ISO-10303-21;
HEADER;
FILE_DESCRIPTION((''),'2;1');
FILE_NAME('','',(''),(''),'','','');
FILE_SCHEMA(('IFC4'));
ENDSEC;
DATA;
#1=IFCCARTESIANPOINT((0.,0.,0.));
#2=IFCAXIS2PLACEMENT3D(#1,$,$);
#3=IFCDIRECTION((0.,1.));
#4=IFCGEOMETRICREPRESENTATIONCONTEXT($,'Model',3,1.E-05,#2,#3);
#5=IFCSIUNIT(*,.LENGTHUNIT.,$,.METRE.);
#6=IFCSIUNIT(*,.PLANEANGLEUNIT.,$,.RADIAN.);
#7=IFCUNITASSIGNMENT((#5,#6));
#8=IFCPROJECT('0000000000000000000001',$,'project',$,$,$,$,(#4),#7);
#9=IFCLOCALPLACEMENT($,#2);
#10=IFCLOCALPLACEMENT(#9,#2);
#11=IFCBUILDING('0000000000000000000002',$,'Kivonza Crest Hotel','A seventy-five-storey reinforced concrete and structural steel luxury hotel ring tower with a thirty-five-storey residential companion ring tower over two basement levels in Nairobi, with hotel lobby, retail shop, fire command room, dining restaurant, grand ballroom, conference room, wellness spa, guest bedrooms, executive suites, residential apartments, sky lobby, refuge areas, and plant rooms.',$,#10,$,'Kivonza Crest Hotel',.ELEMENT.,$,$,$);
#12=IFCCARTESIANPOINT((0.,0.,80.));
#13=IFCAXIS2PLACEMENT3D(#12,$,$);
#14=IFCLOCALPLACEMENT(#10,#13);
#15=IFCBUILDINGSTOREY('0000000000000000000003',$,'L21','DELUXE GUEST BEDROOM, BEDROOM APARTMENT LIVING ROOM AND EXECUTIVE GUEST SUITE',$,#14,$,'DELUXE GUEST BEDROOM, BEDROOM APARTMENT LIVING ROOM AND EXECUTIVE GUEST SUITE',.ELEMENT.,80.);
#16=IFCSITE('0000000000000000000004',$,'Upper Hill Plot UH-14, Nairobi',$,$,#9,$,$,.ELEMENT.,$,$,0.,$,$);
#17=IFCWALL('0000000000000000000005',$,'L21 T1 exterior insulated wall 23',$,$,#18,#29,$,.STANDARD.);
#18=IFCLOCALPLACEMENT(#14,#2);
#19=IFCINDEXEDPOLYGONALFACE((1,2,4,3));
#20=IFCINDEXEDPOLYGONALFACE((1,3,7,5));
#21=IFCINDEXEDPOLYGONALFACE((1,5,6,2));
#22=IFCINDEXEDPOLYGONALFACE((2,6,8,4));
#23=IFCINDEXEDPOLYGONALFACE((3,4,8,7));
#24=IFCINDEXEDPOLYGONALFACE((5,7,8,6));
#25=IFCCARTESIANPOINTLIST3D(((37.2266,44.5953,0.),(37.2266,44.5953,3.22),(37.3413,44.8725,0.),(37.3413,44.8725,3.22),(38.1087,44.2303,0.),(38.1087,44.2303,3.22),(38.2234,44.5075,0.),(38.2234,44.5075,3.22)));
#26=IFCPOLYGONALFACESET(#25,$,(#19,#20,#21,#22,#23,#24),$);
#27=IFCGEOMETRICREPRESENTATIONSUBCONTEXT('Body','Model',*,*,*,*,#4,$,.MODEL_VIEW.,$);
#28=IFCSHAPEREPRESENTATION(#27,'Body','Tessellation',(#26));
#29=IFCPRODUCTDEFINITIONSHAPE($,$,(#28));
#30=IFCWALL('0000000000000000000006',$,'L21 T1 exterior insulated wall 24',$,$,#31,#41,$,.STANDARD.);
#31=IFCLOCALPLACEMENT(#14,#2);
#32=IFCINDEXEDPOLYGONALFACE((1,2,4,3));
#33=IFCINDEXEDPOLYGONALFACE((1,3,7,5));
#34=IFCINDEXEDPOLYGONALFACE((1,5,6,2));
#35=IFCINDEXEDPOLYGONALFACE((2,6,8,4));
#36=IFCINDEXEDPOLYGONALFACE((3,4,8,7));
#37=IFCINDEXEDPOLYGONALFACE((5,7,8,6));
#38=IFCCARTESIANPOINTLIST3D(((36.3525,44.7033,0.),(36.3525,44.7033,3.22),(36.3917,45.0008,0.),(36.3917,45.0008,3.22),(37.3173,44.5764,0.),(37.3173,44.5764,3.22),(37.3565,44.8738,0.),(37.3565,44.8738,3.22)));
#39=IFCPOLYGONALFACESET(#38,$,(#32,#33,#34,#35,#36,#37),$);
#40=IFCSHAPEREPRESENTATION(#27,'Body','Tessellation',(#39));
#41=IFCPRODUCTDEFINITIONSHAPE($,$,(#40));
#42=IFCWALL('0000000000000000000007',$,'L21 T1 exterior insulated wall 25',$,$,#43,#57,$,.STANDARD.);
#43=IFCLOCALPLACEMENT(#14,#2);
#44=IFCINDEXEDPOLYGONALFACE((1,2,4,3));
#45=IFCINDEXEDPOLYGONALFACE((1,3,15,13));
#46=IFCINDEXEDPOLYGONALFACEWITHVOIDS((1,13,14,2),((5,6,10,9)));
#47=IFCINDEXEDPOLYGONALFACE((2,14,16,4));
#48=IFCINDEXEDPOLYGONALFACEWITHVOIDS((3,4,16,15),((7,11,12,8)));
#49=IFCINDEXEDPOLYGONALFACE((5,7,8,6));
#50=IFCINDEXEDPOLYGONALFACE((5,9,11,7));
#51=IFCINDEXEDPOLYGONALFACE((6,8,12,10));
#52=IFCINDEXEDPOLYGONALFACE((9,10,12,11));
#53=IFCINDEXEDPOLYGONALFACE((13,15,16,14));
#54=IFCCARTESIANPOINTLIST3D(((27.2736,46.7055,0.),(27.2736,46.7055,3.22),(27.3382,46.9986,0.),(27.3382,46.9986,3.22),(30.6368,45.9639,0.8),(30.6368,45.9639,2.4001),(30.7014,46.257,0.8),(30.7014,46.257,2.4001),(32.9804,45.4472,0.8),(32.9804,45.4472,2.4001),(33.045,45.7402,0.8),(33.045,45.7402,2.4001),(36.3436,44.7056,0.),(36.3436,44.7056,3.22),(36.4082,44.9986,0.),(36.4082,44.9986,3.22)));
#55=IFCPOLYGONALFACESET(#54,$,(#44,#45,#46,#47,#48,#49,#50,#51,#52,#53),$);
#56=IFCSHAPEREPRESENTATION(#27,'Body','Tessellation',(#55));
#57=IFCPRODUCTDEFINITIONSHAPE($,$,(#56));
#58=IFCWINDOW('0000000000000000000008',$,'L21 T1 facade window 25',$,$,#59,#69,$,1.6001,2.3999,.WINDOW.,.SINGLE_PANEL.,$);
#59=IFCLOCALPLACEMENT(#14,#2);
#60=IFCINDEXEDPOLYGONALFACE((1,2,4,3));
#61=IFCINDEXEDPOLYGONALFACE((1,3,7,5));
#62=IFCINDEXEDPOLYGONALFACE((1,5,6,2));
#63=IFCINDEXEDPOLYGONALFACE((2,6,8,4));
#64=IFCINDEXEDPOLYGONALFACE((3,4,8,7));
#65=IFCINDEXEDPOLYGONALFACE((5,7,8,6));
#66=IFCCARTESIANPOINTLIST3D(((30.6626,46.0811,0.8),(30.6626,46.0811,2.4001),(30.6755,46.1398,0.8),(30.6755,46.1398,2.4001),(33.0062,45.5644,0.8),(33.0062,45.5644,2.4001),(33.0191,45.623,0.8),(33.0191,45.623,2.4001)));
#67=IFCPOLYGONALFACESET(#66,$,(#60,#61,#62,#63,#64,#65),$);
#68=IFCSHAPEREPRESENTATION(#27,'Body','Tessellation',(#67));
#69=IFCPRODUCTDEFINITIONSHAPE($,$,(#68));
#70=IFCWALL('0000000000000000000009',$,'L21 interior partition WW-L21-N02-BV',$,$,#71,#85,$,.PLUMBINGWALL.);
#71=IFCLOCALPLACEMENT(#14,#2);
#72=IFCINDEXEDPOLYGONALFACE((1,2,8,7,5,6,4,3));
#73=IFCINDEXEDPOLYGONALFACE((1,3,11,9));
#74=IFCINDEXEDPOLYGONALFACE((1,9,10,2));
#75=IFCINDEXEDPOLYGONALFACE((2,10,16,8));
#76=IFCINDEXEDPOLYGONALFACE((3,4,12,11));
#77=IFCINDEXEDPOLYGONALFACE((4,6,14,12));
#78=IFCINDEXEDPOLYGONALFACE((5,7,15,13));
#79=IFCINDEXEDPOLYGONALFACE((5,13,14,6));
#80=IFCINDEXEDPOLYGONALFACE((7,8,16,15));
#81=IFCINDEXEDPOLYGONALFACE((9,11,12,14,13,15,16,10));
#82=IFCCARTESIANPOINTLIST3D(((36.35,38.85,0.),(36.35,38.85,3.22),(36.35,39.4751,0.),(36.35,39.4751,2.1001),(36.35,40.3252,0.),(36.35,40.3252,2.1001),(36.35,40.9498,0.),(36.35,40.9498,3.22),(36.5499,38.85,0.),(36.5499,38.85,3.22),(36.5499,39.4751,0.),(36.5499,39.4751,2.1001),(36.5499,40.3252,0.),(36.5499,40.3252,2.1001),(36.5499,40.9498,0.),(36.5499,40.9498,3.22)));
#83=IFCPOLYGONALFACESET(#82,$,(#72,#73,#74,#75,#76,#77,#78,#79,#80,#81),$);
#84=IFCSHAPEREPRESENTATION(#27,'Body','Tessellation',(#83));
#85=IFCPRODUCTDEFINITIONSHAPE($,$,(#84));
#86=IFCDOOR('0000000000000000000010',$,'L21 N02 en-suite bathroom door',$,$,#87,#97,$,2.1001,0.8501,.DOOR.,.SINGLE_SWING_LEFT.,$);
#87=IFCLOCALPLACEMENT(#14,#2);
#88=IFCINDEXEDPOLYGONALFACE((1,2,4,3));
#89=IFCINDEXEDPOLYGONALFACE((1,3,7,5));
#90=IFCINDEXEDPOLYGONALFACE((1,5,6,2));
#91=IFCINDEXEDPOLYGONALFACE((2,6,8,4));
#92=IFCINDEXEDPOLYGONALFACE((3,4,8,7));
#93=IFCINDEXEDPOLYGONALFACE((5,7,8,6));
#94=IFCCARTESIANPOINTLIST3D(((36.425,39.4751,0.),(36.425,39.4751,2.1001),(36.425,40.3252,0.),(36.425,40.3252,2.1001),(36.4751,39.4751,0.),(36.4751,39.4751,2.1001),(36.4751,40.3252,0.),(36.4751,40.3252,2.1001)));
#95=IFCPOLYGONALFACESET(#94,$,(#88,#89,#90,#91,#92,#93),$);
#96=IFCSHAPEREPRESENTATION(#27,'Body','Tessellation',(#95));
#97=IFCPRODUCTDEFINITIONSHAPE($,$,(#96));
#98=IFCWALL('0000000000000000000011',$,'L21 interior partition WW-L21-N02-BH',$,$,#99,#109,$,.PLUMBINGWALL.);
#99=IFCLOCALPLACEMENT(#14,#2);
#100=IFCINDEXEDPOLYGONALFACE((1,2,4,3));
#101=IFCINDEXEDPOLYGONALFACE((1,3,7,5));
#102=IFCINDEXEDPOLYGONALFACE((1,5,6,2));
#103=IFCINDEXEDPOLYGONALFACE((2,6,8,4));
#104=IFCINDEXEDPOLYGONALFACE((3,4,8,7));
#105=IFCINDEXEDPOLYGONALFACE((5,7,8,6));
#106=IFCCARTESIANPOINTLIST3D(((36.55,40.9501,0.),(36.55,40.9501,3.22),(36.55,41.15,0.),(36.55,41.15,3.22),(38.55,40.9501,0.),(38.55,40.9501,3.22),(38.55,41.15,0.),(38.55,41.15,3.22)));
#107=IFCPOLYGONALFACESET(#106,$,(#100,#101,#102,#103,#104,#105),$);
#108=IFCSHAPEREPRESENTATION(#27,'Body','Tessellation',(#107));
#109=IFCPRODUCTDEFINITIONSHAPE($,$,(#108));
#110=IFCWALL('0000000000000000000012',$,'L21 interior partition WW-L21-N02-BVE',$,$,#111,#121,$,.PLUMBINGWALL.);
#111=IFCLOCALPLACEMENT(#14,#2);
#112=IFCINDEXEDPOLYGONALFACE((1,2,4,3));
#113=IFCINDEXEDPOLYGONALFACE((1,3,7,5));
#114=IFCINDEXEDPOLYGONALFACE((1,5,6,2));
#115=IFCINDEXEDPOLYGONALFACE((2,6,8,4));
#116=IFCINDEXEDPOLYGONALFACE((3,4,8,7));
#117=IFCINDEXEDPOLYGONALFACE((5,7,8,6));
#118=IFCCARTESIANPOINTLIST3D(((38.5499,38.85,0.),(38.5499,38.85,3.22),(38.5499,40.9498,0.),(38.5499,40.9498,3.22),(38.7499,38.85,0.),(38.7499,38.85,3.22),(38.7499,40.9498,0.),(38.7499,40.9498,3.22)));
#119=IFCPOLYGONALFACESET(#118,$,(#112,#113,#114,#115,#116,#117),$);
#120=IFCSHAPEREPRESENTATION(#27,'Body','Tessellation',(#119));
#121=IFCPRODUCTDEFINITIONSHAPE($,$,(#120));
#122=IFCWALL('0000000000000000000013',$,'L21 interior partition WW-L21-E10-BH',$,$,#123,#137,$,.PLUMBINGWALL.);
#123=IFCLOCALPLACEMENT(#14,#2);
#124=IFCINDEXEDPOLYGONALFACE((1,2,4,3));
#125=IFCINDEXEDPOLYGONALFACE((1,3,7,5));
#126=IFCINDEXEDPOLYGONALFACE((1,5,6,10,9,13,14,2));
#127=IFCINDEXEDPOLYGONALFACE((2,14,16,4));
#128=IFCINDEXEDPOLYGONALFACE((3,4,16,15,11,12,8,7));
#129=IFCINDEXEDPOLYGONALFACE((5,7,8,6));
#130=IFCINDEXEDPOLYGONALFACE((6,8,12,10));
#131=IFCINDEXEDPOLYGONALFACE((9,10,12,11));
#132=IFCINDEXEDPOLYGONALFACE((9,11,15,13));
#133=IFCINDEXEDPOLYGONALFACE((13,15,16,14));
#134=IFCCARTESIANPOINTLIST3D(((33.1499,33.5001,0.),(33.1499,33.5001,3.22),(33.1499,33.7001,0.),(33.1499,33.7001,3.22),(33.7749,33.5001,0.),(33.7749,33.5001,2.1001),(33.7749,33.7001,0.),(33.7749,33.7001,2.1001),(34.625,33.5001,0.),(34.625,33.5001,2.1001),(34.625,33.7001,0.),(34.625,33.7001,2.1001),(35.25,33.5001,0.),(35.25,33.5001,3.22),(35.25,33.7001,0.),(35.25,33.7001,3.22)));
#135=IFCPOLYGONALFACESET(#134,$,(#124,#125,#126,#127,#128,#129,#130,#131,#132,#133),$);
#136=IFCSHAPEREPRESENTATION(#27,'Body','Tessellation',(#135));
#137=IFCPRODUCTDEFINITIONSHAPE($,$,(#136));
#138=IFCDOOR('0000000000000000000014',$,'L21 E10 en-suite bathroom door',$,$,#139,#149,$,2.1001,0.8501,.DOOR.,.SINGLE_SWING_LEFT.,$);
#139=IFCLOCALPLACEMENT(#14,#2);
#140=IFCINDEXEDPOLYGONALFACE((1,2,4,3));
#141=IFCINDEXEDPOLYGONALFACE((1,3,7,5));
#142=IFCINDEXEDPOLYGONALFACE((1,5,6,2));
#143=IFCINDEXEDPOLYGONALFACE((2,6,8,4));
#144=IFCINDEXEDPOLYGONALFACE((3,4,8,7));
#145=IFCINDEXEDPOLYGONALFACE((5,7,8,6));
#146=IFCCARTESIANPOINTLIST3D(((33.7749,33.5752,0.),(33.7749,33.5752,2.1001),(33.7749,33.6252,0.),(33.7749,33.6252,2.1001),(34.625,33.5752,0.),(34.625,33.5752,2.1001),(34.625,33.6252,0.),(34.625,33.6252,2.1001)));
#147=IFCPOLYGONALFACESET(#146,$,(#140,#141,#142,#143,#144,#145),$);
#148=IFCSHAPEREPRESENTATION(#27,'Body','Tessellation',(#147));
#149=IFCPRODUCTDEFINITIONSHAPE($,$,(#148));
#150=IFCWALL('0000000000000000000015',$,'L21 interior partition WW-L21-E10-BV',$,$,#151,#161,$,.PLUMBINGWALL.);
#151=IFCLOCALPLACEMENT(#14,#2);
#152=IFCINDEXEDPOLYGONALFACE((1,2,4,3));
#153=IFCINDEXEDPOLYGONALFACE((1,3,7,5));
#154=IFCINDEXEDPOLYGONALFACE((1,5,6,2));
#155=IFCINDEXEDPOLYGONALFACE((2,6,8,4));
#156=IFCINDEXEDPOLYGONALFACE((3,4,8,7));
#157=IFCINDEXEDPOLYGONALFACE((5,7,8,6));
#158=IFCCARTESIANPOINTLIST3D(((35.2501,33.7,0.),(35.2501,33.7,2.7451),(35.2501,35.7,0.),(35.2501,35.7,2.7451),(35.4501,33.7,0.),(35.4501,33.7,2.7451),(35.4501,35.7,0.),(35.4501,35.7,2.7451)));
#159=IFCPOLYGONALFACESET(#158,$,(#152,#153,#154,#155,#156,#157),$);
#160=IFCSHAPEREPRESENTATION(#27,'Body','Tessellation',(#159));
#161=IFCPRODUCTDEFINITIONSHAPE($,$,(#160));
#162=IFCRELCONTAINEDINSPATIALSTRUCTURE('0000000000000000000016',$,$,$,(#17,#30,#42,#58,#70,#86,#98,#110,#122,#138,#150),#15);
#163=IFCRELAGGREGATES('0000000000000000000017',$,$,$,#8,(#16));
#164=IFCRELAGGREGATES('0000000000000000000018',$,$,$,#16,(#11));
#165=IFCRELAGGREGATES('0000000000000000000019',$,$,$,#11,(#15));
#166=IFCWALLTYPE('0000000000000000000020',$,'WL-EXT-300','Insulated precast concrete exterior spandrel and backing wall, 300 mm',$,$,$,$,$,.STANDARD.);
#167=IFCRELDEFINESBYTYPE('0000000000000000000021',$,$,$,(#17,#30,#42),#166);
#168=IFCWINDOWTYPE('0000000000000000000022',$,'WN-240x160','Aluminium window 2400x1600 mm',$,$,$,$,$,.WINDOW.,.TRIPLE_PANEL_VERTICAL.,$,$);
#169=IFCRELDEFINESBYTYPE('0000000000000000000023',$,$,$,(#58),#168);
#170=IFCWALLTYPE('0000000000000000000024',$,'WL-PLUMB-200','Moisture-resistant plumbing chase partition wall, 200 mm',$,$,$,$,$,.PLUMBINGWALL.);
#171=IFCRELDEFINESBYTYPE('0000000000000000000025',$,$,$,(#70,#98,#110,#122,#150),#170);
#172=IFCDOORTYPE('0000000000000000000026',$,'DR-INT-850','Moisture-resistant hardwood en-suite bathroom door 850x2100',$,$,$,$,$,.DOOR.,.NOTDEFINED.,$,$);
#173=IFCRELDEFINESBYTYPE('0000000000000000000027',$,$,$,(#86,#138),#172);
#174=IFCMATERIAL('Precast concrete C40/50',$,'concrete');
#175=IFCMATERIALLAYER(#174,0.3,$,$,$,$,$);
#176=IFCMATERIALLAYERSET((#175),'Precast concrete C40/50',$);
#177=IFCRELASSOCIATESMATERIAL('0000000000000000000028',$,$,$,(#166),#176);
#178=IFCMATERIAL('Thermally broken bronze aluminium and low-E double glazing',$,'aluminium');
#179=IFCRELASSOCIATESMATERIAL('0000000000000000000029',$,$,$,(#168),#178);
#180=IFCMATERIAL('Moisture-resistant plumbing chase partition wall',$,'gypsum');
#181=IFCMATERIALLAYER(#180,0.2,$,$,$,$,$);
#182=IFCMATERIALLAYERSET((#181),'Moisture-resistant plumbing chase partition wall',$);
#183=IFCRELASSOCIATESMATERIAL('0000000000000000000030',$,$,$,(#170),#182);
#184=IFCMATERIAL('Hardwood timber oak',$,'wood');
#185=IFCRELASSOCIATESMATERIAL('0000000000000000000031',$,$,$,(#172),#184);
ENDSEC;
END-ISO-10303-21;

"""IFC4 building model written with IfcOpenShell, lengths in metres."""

from ifc_helpers import new_model, si_unit, direction, frame, frame_2d, origin, place, context, subcontext, project, spatial, rectangle, extrude, material, layer, layer_set, type_object, element, fill, save


model = new_model("IFC4")

# Units and contexts
model_context = context("Model", 3, precision=1e-05, world=origin(), true_north=direction((0.0, 1.0)))
body_context = subcontext(model_context, "Body", "Model", "MODEL_VIEW")
ifc_project = project(units=[si_unit("LENGTHUNIT", "METRE"), si_unit("PLANEANGLEUNIT", "RADIAN")], contexts=[model_context])

# Site, building, storey
site_placement = place(None, origin())
site = spatial("IfcSite", under=ifc_project, at=site_placement, Name="Upper Hill Plot UH-14, Nairobi", CompositionType="ELEMENT", RefElevation=0.0)
building_placement = place(site_placement, origin())
building = spatial("IfcBuilding", under=site, at=building_placement, Name="Kivonza Crest Hotel", Description="A seventy-five-storey reinforced concrete and structural steel luxury hotel ring tower with a thirty-five-storey residential companion ring tower over two basement levels in Nairobi, with hotel lobby, retail shop, fire command room, dining restaurant, grand ballroom, conference room, wellness spa, guest bedrooms, executive suites, residential apartments, sky lobby, refuge areas, and plant rooms.", LongName="Kivonza Crest Hotel", CompositionType="ELEMENT")
storey_placement = place(building_placement, frame((0.0, 0.0, 80.0)))
storey = spatial("IfcBuildingStorey", under=building, at=storey_placement, Name="L21", Description="DELUXE GUEST BEDROOM, BEDROOM APARTMENT LIVING ROOM AND EXECUTIVE GUEST SUITE", LongName="DELUXE GUEST BEDROOM, BEDROOM APARTMENT LIVING ROOM AND EXECUTIVE GUEST SUITE", CompositionType="ELEMENT", Elevation=80.0)

# Walls
ifc_material_1 = material(Name="Precast concrete C40/50", Category="concrete")
ifc_layer_1 = layer(ifc_material_1, 0.3)
ifc_layer_set_1 = layer_set([ifc_layer_1], Name="Precast concrete C40/50")
wall_type_1 = type_object("IfcWallType", Name="WL-EXT-300", Description="Insulated precast concrete exterior spandrel and backing wall, 300 mm", PredefinedType="STANDARD", material=ifc_layer_set_1)
wall_1_placement = place(storey_placement, frame((38.166, 44.3689, 0.0), z_axis=(0.0, 0.0, 1.0), x_axis=(-0.92402, 0.382344, 0.0)))
element("IfcWall", 1, at=wall_1_placement, inside=storey, type_object=wall_type_1, Name="L21 T1 exterior insulated wall 23", PredefinedType="STANDARD", context=body_context, shape_type="SweptSolid", body=[
    extrude(rectangle(XDim=0.9546, YDim=0.3, at=frame_2d((0.4773, 0.0))), origin(), (0.0, 0.0, 1.0), 3.22),
])
wall_2_placement = place(storey_placement, frame((37.3369, 44.7251, 0.0), z_axis=(0.0, 0.0, 1.0), x_axis=(-0.991454, 0.130455, 0.0)))
element("IfcWall", 2, at=wall_2_placement, inside=storey, type_object=wall_type_1, Name="L21 T1 exterior insulated wall 24", PredefinedType="STANDARD", context=body_context, shape_type="SweptSolid", body=[
    extrude(rectangle(XDim=0.9731, YDim=0.3, at=frame_2d((0.4866, 0.0))), origin(), (0.0, 0.0, 1.0), 3.22),
])

# Wall, opening, window
wall_3_placement = place(storey_placement, frame((36.376, 44.8521, 0.0), z_axis=(0.0, 0.0, 1.0), x_axis=(-0.976541, 0.215333, 0.0)))
wall_3 = element("IfcWall", 3, at=wall_3_placement, inside=storey, type_object=wall_type_1, Name="L21 T1 exterior insulated wall 25", PredefinedType="STANDARD", context=body_context, shape_type="SweptSolid", body=[
    extrude(rectangle(XDim=9.2878, YDim=0.3, at=frame_2d((4.644, 0.0))), origin(), (0.0, 0.0, 1.0), 3.22),
])
opening_1_placement = place(wall_3_placement, frame((3.4441, 0.0, 0.8)))
opening_1 = element("IfcOpeningElement", 4, at=opening_1_placement, cuts=wall_3, PredefinedType="OPENING", context=body_context, shape_type="SweptSolid", body=[
    extrude(rectangle(XDim=2.3999, YDim=1.6001, at=frame_2d((1.2, 0.8))), frame((0.0, 0.1602, 0.0), z_axis=(0.0, -1.0, 0.0), x_axis=(1.0, 0.0, 0.0)), (0.0, 0.0, 1.0), 0.3201),
])
ifc_material_2 = material(Name="Thermally broken bronze aluminium and low-E double glazing", Category="aluminium")
window_type = type_object("IfcWindowType", Name="WN-240x160", Description="Aluminium window 2400x1600 mm", PartitioningType="TRIPLE_PANEL_VERTICAL", PredefinedType="WINDOW", material=ifc_material_2)
window_placement = place(opening_1_placement, origin())
window = element("IfcWindow", 5, at=window_placement, inside=storey, type_object=window_type, Name="L21 T1 facade window 25", OverallHeight=1.6001, OverallWidth=2.3999, PartitioningType="SINGLE_PANEL", PredefinedType="WINDOW", context=body_context, shape_type="SweptSolid", body=[
    extrude(rectangle(XDim=2.3999, YDim=1.6001, at=frame_2d((1.2, 0.8))), frame((0.0, 0.03, 0.0), z_axis=(0.0, -1.0, 0.0), x_axis=(1.0, 0.0, 0.0)), (0.0, 0.0, 1.0), 0.0601),
])
fill(opening_1, window)

# Wall, opening, door
ifc_material_3 = material(Name="Moisture-resistant plumbing chase partition wall", Category="gypsum")
ifc_layer_2 = layer(ifc_material_3, 0.2)
ifc_layer_set_2 = layer_set([ifc_layer_2], Name="Moisture-resistant plumbing chase partition wall")
wall_type_2 = type_object("IfcWallType", Name="WL-PLUMB-200", Description="Moisture-resistant plumbing chase partition wall, 200 mm", PredefinedType="PLUMBINGWALL", material=ifc_layer_set_2)
wall_4_placement = place(storey_placement, frame((36.45, 38.8501, 0.0), z_axis=(0.0, 0.0, 1.0), x_axis=(0.0, 1.0, 0.0)))
wall_4 = element("IfcWall", 6, at=wall_4_placement, inside=storey, type_object=wall_type_2, Name="L21 interior partition WW-L21-N02-BV", PredefinedType="PLUMBINGWALL", context=body_context, shape_type="SweptSolid", body=[
    extrude(rectangle(XDim=2.0999, YDim=0.2, at=frame_2d((1.0498, 0.0))), origin(), (0.0, 0.0, 1.0), 3.22),
])
opening_2_placement = place(wall_4_placement, frame((0.625, 0.0, 0.0)))
opening_2 = element("IfcOpeningElement", 7, at=opening_2_placement, cuts=wall_4, PredefinedType="OPENING", context=body_context, shape_type="SweptSolid", body=[
    extrude(rectangle(XDim=0.8501, YDim=2.1001, at=frame_2d((0.425, 1.05))), frame((0.0, 0.1099, 0.0), z_axis=(0.0, -1.0, 0.0), x_axis=(1.0, 0.0, 0.0)), (0.0, 0.0, 1.0), 0.22),
])
ifc_material_4 = material(Name="Hardwood timber oak", Category="wood")
door_type = type_object("IfcDoorType", Name="DR-INT-850", Description="Moisture-resistant hardwood en-suite bathroom door 850x2100", OperationType="NOTDEFINED", PredefinedType="DOOR", material=ifc_material_4)
door_1_placement = place(opening_2_placement, origin())
door_1 = element("IfcDoor", 8, at=door_1_placement, inside=storey, type_object=door_type, Name="L21 N02 en-suite bathroom door", OperationType="SINGLE_SWING_LEFT", OverallHeight=2.1001, OverallWidth=0.8501, PredefinedType="DOOR", context=body_context, shape_type="SweptSolid", body=[
    extrude(rectangle(XDim=0.8501, YDim=2.1001, at=frame_2d((0.425, 1.05))), frame((0.0, 0.0249, 0.0), z_axis=(0.0, -1.0, 0.0), x_axis=(1.0, 0.0, 0.0)), (0.0, 0.0, 1.0), 0.05),
])
fill(opening_2, door_1)

# Walls
wall_5_placement = place(storey_placement, frame((36.55, 41.05, 0.0), z_axis=(0.0, 0.0, 1.0), x_axis=(1.0, 0.0, 0.0)))
element("IfcWall", 9, at=wall_5_placement, inside=storey, type_object=wall_type_2, Name="L21 interior partition WW-L21-N02-BH", PredefinedType="PLUMBINGWALL", context=body_context, shape_type="SweptSolid", body=[
    extrude(rectangle(XDim=2.0, YDim=0.2, at=frame_2d((1.0, 0.0))), origin(), (0.0, 0.0, 1.0), 3.22),
])
wall_6_placement = place(storey_placement, frame((38.6499, 38.8501, 0.0), z_axis=(0.0, 0.0, 1.0), x_axis=(0.0, 1.0, 0.0)))
element("IfcWall", 10, at=wall_6_placement, inside=storey, type_object=wall_type_2, Name="L21 interior partition WW-L21-N02-BVE", PredefinedType="PLUMBINGWALL", context=body_context, shape_type="SweptSolid", body=[
    extrude(rectangle(XDim=2.0999, YDim=0.2, at=frame_2d((1.0498, 0.0))), origin(), (0.0, 0.0, 1.0), 3.22),
])

# Wall, opening, door
wall_7_placement = place(storey_placement, frame((33.1499, 33.6001, 0.0), z_axis=(0.0, 0.0, 1.0), x_axis=(1.0, 0.0, 0.0)))
wall_7 = element("IfcWall", 11, at=wall_7_placement, inside=storey, type_object=wall_type_2, Name="L21 interior partition WW-L21-E10-BH", PredefinedType="PLUMBINGWALL", context=body_context, shape_type="SweptSolid", body=[
    extrude(rectangle(XDim=2.1001, YDim=0.2, at=frame_2d((1.05, 0.0))), origin(), (0.0, 0.0, 1.0), 3.22),
])
opening_3_placement = place(wall_7_placement, frame((0.625, 0.0, 0.0)))
opening_3 = element("IfcOpeningElement", 12, at=opening_3_placement, cuts=wall_7, PredefinedType="OPENING", context=body_context, shape_type="SweptSolid", body=[
    extrude(rectangle(XDim=0.8501, YDim=2.1001, at=frame_2d((0.425, 1.05))), frame((0.0, 0.1099, 0.0), z_axis=(0.0, -1.0, 0.0), x_axis=(1.0, 0.0, 0.0)), (0.0, 0.0, 1.0), 0.22),
])
door_2_placement = place(opening_3_placement, frame((0.8501, 0.0, 0.0), z_axis=(0.0, 0.0, 1.0), x_axis=(-1.0, 0.0, 0.0)))
door_2 = element("IfcDoor", 13, at=door_2_placement, inside=storey, type_object=door_type, Name="L21 E10 en-suite bathroom door", OperationType="SINGLE_SWING_LEFT", OverallHeight=2.1001, OverallWidth=0.8501, PredefinedType="DOOR", context=body_context, shape_type="SweptSolid", body=[
    extrude(rectangle(XDim=0.8501, YDim=2.1001, at=frame_2d((0.425, 1.05))), frame((0.0, 0.0249, 0.0), z_axis=(0.0, -1.0, 0.0), x_axis=(1.0, 0.0, 0.0)), (0.0, 0.0, 1.0), 0.05),
])
fill(opening_3, door_2)

# Wall
wall_8_placement = place(storey_placement, frame((35.3501, 33.7, 0.0), z_axis=(0.0, 0.0, 1.0), x_axis=(0.0, 1.0, 0.0)))
element("IfcWall", 14, at=wall_8_placement, inside=storey, type_object=wall_type_2, Name="L21 interior partition WW-L21-E10-BV", PredefinedType="PLUMBINGWALL", context=body_context, shape_type="SweptSolid", body=[
    extrude(rectangle(XDim=2.0, YDim=0.2, at=frame_2d((1.0, 0.0))), origin(), (0.0, 0.0, 1.0), 2.7451),
])

save(model, "model.ifc")
